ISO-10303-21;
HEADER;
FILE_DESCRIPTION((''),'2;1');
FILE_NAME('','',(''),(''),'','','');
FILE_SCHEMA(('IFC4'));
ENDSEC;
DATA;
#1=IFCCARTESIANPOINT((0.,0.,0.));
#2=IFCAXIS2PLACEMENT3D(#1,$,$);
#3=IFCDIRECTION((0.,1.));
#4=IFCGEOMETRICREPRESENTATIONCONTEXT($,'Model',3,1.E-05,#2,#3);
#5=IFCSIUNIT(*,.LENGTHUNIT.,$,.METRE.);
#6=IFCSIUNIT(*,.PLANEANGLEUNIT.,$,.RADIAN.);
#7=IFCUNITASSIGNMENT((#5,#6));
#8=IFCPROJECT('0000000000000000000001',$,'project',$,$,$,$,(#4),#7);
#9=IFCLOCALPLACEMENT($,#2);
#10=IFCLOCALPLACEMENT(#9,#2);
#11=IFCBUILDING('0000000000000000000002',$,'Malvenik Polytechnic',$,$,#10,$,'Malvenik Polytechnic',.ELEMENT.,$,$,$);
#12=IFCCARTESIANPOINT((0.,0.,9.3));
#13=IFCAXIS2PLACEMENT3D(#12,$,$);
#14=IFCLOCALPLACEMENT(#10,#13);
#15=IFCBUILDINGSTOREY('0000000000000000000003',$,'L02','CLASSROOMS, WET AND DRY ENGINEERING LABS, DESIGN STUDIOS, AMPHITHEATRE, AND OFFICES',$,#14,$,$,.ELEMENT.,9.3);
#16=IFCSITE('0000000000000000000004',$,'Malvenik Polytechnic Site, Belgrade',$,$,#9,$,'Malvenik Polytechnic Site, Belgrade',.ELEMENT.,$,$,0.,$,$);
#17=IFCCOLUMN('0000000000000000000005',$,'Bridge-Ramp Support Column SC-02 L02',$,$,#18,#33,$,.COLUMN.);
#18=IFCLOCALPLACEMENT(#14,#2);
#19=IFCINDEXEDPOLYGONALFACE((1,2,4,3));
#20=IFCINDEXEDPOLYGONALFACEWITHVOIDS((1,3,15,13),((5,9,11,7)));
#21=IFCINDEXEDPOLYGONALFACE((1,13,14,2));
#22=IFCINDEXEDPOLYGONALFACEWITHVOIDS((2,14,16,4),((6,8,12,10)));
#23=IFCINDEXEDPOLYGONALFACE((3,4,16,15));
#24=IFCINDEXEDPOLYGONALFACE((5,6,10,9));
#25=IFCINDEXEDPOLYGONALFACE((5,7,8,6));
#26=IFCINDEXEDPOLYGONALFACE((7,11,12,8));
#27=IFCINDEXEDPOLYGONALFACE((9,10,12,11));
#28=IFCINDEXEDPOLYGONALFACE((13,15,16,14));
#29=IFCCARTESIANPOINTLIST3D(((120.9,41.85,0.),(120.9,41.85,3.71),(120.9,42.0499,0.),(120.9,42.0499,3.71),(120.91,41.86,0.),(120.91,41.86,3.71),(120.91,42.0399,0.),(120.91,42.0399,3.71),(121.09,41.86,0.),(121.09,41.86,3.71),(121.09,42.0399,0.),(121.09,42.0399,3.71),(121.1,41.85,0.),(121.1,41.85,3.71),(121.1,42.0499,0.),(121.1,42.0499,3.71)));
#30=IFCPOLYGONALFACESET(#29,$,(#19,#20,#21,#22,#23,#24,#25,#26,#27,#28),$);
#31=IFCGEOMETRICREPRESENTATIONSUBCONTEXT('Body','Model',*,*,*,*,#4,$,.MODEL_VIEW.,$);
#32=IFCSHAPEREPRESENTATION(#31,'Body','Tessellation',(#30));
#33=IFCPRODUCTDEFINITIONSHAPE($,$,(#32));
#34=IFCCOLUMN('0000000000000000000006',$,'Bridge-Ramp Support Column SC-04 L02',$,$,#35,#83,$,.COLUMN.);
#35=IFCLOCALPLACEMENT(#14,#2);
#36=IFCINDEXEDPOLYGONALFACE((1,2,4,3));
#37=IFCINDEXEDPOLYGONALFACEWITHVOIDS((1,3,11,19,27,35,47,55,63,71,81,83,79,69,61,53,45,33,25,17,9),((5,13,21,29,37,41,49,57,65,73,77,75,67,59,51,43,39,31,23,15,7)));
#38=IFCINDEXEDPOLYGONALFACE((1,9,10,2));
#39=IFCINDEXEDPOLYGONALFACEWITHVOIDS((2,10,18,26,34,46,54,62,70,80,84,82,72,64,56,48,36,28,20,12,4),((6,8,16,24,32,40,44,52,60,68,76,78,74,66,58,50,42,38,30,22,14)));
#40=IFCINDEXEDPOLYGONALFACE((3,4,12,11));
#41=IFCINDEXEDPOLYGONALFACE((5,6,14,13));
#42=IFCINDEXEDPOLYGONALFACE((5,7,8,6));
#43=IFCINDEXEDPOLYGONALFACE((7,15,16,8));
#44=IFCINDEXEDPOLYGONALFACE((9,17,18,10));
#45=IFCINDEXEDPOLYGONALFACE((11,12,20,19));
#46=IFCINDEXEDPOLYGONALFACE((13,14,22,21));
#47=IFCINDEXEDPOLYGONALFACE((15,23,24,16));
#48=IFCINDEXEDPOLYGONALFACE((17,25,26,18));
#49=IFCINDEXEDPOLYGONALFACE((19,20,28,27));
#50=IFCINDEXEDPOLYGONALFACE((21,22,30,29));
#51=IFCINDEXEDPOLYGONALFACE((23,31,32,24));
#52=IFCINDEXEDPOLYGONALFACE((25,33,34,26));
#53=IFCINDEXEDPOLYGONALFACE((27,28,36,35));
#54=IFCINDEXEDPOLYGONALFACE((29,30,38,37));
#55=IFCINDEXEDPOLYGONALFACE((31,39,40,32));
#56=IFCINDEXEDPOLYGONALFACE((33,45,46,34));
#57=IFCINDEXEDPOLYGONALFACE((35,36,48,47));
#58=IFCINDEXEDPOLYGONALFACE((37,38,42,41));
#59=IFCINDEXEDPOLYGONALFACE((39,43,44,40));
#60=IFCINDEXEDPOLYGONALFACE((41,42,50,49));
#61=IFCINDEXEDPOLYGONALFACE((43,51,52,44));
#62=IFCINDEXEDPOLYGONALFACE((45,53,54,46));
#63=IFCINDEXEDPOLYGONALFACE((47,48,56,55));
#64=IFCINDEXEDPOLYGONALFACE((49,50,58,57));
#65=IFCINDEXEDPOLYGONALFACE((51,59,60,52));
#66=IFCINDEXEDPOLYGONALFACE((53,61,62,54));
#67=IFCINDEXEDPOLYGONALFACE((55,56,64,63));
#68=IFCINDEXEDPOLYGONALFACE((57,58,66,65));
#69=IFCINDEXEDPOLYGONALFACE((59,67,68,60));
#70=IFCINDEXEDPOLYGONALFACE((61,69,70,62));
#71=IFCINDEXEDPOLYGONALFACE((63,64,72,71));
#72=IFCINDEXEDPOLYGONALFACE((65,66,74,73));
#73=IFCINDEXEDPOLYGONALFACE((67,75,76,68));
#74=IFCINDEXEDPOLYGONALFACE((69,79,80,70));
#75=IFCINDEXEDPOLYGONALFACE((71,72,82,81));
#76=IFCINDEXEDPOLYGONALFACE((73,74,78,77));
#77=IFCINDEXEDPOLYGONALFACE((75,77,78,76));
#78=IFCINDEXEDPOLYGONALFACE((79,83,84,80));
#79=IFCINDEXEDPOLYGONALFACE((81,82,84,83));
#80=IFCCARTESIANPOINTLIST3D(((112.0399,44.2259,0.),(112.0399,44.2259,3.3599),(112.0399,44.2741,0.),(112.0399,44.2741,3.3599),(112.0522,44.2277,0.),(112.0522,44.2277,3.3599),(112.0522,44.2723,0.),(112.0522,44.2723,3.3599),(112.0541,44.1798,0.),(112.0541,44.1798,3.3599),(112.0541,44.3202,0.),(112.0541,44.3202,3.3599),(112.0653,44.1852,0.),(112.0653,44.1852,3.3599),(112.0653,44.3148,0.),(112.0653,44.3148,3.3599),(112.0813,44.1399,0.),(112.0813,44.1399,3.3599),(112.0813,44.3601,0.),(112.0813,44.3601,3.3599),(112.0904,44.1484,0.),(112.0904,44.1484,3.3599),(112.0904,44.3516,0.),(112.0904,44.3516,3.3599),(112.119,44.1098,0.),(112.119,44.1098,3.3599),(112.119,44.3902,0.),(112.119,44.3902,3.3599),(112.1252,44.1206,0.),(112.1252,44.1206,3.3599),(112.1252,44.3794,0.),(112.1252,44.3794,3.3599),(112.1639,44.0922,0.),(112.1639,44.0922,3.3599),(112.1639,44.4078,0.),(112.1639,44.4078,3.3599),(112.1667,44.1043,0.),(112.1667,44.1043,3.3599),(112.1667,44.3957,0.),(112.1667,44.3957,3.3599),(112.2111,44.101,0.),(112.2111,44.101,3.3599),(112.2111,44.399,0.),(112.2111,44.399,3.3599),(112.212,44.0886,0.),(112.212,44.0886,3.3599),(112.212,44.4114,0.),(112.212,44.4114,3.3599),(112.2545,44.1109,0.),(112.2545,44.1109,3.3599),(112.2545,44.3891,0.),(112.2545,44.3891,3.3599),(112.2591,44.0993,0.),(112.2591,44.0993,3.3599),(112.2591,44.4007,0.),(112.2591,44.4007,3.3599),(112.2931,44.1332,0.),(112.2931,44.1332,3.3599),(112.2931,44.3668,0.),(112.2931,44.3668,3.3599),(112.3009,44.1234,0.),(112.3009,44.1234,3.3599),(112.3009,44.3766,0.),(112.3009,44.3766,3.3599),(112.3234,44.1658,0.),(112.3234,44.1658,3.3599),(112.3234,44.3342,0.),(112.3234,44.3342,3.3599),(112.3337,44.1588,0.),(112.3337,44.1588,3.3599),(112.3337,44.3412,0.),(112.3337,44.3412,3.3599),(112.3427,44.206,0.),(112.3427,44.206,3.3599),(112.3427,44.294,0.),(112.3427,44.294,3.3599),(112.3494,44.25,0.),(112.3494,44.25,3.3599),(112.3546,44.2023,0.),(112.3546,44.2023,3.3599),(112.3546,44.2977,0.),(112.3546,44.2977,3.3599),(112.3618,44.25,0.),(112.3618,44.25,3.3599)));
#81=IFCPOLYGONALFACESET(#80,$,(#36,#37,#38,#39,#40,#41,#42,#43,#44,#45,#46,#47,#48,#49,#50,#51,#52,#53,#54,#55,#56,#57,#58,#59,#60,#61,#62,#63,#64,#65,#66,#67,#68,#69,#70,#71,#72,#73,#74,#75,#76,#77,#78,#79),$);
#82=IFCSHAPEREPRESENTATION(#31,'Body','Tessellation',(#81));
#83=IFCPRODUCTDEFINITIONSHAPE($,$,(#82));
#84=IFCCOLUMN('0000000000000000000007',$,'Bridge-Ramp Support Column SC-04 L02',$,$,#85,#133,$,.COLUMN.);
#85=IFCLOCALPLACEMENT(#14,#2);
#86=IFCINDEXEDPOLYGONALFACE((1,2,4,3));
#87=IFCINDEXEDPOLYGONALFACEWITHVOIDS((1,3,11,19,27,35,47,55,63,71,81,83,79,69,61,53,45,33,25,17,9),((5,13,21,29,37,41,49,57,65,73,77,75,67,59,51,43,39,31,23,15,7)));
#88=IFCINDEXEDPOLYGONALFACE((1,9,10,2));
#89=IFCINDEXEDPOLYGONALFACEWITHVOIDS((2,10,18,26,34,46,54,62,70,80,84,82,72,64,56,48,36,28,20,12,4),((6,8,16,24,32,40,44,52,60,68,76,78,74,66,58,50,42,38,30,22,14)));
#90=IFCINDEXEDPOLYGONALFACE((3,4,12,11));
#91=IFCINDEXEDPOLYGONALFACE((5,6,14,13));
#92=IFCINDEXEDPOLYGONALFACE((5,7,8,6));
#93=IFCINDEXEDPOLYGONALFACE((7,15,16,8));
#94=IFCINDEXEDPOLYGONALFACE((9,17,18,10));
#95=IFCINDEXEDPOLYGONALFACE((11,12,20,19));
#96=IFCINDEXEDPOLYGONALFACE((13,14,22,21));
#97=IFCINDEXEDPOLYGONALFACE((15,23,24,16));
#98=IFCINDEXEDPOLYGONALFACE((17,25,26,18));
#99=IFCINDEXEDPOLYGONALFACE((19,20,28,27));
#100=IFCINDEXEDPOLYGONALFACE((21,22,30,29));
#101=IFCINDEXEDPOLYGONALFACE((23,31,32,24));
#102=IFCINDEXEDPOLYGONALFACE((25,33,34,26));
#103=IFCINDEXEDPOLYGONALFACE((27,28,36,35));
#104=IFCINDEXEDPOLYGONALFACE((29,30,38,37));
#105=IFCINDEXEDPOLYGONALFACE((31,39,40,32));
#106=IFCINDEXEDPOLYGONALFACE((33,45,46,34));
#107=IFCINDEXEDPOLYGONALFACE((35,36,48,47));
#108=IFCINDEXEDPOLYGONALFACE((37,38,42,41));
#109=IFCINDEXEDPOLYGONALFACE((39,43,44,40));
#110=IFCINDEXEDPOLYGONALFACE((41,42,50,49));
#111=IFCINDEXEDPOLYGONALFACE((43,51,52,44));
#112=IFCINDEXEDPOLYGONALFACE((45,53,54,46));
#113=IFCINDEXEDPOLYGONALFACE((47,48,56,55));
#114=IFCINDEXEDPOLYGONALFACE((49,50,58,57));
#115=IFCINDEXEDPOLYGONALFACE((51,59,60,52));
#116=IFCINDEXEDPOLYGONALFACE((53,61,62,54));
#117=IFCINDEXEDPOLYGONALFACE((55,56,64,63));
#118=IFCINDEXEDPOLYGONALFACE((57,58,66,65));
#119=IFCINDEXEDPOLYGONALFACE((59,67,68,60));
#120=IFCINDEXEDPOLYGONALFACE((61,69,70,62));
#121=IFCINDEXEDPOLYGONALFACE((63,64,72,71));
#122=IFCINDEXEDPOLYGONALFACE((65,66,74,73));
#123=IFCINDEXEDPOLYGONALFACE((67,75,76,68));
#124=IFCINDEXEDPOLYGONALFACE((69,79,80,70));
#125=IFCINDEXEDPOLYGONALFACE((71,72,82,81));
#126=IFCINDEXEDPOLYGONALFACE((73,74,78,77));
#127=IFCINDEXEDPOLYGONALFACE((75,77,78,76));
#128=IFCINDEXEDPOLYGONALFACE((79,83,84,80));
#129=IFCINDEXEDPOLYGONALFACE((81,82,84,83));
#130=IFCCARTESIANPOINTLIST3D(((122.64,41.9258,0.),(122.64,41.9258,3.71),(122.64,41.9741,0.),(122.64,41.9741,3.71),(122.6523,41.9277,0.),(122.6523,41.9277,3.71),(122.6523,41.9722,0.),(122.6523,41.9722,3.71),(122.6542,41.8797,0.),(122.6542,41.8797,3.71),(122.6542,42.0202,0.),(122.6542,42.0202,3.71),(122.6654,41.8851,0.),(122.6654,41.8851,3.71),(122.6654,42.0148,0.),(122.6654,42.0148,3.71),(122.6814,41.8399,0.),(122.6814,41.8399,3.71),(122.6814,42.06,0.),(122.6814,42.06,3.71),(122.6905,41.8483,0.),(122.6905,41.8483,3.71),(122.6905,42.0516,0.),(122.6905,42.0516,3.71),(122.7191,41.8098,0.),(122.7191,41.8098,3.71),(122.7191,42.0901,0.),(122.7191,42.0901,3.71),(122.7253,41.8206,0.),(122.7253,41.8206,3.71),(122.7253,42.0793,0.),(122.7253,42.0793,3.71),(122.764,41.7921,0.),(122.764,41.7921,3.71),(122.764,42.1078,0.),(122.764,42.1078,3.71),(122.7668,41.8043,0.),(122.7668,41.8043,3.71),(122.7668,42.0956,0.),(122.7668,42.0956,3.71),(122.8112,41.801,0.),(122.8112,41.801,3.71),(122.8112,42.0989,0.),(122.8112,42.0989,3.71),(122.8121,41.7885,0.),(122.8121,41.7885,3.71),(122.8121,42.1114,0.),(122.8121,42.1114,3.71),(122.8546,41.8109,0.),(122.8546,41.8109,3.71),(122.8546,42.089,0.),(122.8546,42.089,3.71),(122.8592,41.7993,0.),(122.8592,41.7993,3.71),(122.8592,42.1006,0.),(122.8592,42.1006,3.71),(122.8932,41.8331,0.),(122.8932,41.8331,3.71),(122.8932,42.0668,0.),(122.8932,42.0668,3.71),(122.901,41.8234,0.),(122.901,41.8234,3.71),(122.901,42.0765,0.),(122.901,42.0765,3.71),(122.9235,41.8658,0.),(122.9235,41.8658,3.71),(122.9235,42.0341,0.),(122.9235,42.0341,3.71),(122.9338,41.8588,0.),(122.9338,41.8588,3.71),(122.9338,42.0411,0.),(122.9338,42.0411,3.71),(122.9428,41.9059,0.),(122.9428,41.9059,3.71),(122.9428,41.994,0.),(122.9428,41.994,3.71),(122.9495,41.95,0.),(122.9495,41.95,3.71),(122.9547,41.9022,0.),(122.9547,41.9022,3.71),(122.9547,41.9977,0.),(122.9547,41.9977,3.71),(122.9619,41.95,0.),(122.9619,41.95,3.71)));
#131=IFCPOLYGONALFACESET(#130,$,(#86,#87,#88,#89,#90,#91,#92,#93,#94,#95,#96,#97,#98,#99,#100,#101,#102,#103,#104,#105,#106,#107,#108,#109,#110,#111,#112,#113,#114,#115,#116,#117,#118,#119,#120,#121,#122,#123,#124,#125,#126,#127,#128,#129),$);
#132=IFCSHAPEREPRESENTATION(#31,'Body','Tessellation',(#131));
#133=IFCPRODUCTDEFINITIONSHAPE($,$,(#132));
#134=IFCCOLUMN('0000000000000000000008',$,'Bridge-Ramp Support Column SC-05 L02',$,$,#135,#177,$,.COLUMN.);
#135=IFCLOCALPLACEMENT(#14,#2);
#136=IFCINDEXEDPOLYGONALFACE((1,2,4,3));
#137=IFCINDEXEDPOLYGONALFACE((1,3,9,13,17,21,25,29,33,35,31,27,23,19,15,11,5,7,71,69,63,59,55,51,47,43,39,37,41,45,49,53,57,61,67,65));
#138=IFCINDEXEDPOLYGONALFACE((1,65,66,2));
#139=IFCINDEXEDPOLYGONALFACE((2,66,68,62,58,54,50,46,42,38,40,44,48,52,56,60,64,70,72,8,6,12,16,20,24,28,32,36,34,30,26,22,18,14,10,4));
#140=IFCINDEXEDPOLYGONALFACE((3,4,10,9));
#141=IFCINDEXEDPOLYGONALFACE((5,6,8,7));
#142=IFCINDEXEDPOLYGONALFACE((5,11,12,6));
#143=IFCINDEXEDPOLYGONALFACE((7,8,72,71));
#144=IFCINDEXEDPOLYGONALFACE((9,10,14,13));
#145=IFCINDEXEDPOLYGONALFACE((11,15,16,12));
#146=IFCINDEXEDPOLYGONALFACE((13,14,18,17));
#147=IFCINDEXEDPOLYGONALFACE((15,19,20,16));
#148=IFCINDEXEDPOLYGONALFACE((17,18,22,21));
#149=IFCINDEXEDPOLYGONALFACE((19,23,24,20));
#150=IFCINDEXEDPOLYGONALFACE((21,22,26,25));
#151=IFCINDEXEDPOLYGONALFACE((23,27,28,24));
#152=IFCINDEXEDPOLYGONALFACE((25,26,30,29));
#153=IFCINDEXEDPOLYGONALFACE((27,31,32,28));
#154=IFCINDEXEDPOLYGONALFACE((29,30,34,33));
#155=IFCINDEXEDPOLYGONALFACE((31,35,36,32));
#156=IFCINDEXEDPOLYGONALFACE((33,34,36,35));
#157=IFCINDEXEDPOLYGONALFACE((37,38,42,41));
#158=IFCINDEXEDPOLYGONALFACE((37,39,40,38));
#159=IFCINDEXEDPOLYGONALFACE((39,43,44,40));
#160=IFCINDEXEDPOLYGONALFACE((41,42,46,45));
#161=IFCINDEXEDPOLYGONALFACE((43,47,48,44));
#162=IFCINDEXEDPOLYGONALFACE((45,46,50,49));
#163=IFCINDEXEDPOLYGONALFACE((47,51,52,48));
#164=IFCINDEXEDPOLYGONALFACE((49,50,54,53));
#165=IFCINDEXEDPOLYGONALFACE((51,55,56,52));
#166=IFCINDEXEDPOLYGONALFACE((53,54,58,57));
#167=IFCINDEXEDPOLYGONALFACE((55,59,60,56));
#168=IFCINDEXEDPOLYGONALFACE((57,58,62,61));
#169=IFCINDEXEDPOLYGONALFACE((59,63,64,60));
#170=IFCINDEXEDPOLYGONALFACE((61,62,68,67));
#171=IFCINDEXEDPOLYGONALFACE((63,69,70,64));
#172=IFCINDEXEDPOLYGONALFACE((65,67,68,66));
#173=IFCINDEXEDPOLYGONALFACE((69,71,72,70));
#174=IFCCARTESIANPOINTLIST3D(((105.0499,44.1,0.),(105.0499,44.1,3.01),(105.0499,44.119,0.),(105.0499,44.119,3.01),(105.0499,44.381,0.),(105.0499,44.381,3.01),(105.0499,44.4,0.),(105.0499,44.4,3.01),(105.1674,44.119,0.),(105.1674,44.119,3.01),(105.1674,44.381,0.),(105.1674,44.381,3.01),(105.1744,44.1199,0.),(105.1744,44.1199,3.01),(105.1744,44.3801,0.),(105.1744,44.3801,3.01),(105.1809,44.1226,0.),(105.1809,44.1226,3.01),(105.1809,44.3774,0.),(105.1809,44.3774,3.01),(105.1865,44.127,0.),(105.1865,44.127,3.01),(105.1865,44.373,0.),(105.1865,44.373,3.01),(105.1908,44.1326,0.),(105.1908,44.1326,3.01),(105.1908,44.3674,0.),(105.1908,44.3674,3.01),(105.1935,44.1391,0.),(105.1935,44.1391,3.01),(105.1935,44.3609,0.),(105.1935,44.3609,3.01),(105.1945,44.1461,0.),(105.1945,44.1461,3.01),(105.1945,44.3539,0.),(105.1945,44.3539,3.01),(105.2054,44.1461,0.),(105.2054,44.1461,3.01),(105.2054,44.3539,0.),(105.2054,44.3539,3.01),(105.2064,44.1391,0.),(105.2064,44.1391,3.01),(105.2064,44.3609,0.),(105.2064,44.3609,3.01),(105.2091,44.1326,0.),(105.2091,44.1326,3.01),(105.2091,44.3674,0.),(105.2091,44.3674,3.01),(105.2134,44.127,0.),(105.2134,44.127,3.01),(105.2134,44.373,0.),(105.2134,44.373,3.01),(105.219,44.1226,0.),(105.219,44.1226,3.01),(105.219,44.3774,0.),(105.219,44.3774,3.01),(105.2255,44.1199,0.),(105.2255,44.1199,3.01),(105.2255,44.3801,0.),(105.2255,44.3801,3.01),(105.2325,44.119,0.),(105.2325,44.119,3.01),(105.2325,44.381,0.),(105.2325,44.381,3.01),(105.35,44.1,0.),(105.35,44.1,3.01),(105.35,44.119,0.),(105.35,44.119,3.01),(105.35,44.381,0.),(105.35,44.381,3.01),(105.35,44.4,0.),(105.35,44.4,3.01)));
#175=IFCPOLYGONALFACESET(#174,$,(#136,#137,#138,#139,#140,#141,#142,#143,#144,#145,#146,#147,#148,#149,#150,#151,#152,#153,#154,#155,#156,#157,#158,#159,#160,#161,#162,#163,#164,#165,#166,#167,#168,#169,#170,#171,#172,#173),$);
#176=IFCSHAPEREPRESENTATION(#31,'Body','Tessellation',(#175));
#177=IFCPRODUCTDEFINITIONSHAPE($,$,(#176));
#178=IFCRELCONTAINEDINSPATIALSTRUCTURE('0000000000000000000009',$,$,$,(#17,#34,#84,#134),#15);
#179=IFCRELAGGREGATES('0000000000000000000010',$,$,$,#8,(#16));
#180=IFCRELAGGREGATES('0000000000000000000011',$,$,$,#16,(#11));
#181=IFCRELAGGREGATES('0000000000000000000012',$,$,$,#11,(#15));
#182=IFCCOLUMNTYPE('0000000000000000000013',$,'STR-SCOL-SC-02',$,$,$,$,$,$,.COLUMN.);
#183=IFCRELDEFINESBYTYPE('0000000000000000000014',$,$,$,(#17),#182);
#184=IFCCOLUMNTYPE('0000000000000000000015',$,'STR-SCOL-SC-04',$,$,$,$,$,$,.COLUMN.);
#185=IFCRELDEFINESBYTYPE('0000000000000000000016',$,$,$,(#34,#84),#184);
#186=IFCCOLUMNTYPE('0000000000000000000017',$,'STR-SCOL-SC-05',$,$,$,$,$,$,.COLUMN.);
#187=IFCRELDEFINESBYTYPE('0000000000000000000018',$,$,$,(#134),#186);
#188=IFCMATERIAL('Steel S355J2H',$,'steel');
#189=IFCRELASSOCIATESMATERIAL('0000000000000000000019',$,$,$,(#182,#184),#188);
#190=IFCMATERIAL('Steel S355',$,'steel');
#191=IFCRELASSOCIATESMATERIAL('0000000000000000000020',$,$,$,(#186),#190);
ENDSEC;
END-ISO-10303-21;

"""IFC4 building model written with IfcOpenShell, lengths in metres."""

from ifc_helpers import new_model, si_unit, direction, frame, origin, origin_2d, place, context, subcontext, project, spatial, hollow_rectangle, hollow_circle, i_section, extrude, material, material_profile, profile_set, type_object, element, save


model = new_model("IFC4")

# Units and contexts
model_context = context("Model", 3, precision=1e-05, world=origin(), true_north=direction((0.0, 1.0)))
body_context = subcontext(model_context, "Body", "Model", "MODEL_VIEW")
ifc_project = project(units=[si_unit("LENGTHUNIT", "METRE"), si_unit("PLANEANGLEUNIT", "RADIAN")], contexts=[model_context])

# Site, building, storey
site_placement = place(None, origin())
site = spatial("IfcSite", under=ifc_project, at=site_placement, Name="Malvenik Polytechnic Site, Belgrade", LongName="Malvenik Polytechnic Site, Belgrade", CompositionType="ELEMENT", RefElevation=0.0)
building_placement = place(site_placement, origin())
building = spatial("IfcBuilding", under=site, at=building_placement, Name="Malvenik Polytechnic", LongName="Malvenik Polytechnic", CompositionType="ELEMENT")
storey_placement = place(building_placement, frame((0.0, 0.0, 9.3)))
storey = spatial("IfcBuildingStorey", under=building, at=storey_placement, Name="L02", Description="CLASSROOMS, WET AND DRY ENGINEERING LABS, DESIGN STUDIOS, AMPHITHEATRE, AND OFFICES", CompositionType="ELEMENT", Elevation=9.3)

# Columns
ifc_material_1 = material(Name="Steel S355J2H", Category="steel")
ifc_material_profile_1 = material_profile(ifc_material_1, hollow_rectangle(XDim=0.2, YDim=0.2, WallThickness=0.01, at=origin_2d()), Name="SHS 200x200x10.0")
ifc_profile_set_1 = profile_set([ifc_material_profile_1], Name="Steel S355J2H")
column_type_1 = type_object("IfcColumnType", Name="STR-SCOL-SC-02", PredefinedType="COLUMN", material=ifc_profile_set_1)
column_1_placement = place(storey_placement, frame((121.0, 41.95, 0.0), z_axis=(0.0, 0.0, 1.0), x_axis=(1.0, 0.0, 0.0)))
element("IfcColumn", 1, at=column_1_placement, inside=storey, type_object=column_type_1, Name="Bridge-Ramp Support Column SC-02 L02", PredefinedType="COLUMN", context=body_context, shape_type="SweptSolid", body=[
    extrude(hollow_rectangle(XDim=0.2, YDim=0.2, WallThickness=0.01, at=origin_2d()), origin(), (0.0, 0.0, 1.0), 3.71),
])
ifc_material_profile_2 = material_profile(ifc_material_1, hollow_circle(Radius=0.1619, WallThickness=0.0125, at=origin_2d()), Name="CHS 323.9x12.5")
ifc_profile_set_2 = profile_set([ifc_material_profile_2], Name="Steel S355J2H")
column_type_2 = type_object("IfcColumnType", Name="STR-SCOL-SC-04", PredefinedType="COLUMN", material=ifc_profile_set_2)
column_2_placement = place(storey_placement, frame((112.2, 44.25, 0.0), z_axis=(0.0, 0.0, 1.0), x_axis=(1.0, 0.0, 0.0)))
element("IfcColumn", 2, at=column_2_placement, inside=storey, type_object=column_type_2, Name="Bridge-Ramp Support Column SC-04 L02", PredefinedType="COLUMN", context=body_context, shape_type="SweptSolid", body=[
    extrude(hollow_circle(Radius=0.1619, WallThickness=0.0125, at=origin_2d()), origin(), (0.0, 0.0, 1.0), 3.3599),
])
column_3_placement = place(storey_placement, frame((122.8, 41.95, 0.0), z_axis=(0.0, 0.0, 1.0), x_axis=(1.0, 0.0, 0.0)))
element("IfcColumn", 3, at=column_3_placement, inside=storey, type_object=column_type_2, Name="Bridge-Ramp Support Column SC-04 L02", PredefinedType="COLUMN", context=body_context, shape_type="SweptSolid", body=[
    extrude(hollow_circle(Radius=0.1619, WallThickness=0.0125, at=origin_2d()), origin(), (0.0, 0.0, 1.0), 3.71),
])
ifc_material_2 = material(Name="Steel S355", Category="steel")
ifc_material_profile_3 = material_profile(ifc_material_2, i_section(OverallWidth=0.3, OverallDepth=0.3, WebThickness=0.011, FlangeThickness=0.019, FilletRadius=0.0271, at=origin_2d()), Name="HEB 300")
ifc_profile_set_3 = profile_set([ifc_material_profile_3], Name="Steel S355")
column_type_3 = type_object("IfcColumnType", Name="STR-SCOL-SC-05", PredefinedType="COLUMN", material=ifc_profile_set_3)
column_4_placement = place(storey_placement, frame((105.2, 44.25, 0.0), z_axis=(0.0, 0.0, 1.0), x_axis=(1.0, 0.0, 0.0)))
element("IfcColumn", 4, at=column_4_placement, inside=storey, type_object=column_type_3, Name="Bridge-Ramp Support Column SC-05 L02", PredefinedType="COLUMN", context=body_context, shape_type="SweptSolid", body=[
    extrude(i_section(OverallWidth=0.3, OverallDepth=0.3, WebThickness=0.011, FlangeThickness=0.019, FilletRadius=0.0271, at=origin_2d()), origin(), (0.0, 0.0, 1.0), 3.01),
])

save(model, "model.ifc")
